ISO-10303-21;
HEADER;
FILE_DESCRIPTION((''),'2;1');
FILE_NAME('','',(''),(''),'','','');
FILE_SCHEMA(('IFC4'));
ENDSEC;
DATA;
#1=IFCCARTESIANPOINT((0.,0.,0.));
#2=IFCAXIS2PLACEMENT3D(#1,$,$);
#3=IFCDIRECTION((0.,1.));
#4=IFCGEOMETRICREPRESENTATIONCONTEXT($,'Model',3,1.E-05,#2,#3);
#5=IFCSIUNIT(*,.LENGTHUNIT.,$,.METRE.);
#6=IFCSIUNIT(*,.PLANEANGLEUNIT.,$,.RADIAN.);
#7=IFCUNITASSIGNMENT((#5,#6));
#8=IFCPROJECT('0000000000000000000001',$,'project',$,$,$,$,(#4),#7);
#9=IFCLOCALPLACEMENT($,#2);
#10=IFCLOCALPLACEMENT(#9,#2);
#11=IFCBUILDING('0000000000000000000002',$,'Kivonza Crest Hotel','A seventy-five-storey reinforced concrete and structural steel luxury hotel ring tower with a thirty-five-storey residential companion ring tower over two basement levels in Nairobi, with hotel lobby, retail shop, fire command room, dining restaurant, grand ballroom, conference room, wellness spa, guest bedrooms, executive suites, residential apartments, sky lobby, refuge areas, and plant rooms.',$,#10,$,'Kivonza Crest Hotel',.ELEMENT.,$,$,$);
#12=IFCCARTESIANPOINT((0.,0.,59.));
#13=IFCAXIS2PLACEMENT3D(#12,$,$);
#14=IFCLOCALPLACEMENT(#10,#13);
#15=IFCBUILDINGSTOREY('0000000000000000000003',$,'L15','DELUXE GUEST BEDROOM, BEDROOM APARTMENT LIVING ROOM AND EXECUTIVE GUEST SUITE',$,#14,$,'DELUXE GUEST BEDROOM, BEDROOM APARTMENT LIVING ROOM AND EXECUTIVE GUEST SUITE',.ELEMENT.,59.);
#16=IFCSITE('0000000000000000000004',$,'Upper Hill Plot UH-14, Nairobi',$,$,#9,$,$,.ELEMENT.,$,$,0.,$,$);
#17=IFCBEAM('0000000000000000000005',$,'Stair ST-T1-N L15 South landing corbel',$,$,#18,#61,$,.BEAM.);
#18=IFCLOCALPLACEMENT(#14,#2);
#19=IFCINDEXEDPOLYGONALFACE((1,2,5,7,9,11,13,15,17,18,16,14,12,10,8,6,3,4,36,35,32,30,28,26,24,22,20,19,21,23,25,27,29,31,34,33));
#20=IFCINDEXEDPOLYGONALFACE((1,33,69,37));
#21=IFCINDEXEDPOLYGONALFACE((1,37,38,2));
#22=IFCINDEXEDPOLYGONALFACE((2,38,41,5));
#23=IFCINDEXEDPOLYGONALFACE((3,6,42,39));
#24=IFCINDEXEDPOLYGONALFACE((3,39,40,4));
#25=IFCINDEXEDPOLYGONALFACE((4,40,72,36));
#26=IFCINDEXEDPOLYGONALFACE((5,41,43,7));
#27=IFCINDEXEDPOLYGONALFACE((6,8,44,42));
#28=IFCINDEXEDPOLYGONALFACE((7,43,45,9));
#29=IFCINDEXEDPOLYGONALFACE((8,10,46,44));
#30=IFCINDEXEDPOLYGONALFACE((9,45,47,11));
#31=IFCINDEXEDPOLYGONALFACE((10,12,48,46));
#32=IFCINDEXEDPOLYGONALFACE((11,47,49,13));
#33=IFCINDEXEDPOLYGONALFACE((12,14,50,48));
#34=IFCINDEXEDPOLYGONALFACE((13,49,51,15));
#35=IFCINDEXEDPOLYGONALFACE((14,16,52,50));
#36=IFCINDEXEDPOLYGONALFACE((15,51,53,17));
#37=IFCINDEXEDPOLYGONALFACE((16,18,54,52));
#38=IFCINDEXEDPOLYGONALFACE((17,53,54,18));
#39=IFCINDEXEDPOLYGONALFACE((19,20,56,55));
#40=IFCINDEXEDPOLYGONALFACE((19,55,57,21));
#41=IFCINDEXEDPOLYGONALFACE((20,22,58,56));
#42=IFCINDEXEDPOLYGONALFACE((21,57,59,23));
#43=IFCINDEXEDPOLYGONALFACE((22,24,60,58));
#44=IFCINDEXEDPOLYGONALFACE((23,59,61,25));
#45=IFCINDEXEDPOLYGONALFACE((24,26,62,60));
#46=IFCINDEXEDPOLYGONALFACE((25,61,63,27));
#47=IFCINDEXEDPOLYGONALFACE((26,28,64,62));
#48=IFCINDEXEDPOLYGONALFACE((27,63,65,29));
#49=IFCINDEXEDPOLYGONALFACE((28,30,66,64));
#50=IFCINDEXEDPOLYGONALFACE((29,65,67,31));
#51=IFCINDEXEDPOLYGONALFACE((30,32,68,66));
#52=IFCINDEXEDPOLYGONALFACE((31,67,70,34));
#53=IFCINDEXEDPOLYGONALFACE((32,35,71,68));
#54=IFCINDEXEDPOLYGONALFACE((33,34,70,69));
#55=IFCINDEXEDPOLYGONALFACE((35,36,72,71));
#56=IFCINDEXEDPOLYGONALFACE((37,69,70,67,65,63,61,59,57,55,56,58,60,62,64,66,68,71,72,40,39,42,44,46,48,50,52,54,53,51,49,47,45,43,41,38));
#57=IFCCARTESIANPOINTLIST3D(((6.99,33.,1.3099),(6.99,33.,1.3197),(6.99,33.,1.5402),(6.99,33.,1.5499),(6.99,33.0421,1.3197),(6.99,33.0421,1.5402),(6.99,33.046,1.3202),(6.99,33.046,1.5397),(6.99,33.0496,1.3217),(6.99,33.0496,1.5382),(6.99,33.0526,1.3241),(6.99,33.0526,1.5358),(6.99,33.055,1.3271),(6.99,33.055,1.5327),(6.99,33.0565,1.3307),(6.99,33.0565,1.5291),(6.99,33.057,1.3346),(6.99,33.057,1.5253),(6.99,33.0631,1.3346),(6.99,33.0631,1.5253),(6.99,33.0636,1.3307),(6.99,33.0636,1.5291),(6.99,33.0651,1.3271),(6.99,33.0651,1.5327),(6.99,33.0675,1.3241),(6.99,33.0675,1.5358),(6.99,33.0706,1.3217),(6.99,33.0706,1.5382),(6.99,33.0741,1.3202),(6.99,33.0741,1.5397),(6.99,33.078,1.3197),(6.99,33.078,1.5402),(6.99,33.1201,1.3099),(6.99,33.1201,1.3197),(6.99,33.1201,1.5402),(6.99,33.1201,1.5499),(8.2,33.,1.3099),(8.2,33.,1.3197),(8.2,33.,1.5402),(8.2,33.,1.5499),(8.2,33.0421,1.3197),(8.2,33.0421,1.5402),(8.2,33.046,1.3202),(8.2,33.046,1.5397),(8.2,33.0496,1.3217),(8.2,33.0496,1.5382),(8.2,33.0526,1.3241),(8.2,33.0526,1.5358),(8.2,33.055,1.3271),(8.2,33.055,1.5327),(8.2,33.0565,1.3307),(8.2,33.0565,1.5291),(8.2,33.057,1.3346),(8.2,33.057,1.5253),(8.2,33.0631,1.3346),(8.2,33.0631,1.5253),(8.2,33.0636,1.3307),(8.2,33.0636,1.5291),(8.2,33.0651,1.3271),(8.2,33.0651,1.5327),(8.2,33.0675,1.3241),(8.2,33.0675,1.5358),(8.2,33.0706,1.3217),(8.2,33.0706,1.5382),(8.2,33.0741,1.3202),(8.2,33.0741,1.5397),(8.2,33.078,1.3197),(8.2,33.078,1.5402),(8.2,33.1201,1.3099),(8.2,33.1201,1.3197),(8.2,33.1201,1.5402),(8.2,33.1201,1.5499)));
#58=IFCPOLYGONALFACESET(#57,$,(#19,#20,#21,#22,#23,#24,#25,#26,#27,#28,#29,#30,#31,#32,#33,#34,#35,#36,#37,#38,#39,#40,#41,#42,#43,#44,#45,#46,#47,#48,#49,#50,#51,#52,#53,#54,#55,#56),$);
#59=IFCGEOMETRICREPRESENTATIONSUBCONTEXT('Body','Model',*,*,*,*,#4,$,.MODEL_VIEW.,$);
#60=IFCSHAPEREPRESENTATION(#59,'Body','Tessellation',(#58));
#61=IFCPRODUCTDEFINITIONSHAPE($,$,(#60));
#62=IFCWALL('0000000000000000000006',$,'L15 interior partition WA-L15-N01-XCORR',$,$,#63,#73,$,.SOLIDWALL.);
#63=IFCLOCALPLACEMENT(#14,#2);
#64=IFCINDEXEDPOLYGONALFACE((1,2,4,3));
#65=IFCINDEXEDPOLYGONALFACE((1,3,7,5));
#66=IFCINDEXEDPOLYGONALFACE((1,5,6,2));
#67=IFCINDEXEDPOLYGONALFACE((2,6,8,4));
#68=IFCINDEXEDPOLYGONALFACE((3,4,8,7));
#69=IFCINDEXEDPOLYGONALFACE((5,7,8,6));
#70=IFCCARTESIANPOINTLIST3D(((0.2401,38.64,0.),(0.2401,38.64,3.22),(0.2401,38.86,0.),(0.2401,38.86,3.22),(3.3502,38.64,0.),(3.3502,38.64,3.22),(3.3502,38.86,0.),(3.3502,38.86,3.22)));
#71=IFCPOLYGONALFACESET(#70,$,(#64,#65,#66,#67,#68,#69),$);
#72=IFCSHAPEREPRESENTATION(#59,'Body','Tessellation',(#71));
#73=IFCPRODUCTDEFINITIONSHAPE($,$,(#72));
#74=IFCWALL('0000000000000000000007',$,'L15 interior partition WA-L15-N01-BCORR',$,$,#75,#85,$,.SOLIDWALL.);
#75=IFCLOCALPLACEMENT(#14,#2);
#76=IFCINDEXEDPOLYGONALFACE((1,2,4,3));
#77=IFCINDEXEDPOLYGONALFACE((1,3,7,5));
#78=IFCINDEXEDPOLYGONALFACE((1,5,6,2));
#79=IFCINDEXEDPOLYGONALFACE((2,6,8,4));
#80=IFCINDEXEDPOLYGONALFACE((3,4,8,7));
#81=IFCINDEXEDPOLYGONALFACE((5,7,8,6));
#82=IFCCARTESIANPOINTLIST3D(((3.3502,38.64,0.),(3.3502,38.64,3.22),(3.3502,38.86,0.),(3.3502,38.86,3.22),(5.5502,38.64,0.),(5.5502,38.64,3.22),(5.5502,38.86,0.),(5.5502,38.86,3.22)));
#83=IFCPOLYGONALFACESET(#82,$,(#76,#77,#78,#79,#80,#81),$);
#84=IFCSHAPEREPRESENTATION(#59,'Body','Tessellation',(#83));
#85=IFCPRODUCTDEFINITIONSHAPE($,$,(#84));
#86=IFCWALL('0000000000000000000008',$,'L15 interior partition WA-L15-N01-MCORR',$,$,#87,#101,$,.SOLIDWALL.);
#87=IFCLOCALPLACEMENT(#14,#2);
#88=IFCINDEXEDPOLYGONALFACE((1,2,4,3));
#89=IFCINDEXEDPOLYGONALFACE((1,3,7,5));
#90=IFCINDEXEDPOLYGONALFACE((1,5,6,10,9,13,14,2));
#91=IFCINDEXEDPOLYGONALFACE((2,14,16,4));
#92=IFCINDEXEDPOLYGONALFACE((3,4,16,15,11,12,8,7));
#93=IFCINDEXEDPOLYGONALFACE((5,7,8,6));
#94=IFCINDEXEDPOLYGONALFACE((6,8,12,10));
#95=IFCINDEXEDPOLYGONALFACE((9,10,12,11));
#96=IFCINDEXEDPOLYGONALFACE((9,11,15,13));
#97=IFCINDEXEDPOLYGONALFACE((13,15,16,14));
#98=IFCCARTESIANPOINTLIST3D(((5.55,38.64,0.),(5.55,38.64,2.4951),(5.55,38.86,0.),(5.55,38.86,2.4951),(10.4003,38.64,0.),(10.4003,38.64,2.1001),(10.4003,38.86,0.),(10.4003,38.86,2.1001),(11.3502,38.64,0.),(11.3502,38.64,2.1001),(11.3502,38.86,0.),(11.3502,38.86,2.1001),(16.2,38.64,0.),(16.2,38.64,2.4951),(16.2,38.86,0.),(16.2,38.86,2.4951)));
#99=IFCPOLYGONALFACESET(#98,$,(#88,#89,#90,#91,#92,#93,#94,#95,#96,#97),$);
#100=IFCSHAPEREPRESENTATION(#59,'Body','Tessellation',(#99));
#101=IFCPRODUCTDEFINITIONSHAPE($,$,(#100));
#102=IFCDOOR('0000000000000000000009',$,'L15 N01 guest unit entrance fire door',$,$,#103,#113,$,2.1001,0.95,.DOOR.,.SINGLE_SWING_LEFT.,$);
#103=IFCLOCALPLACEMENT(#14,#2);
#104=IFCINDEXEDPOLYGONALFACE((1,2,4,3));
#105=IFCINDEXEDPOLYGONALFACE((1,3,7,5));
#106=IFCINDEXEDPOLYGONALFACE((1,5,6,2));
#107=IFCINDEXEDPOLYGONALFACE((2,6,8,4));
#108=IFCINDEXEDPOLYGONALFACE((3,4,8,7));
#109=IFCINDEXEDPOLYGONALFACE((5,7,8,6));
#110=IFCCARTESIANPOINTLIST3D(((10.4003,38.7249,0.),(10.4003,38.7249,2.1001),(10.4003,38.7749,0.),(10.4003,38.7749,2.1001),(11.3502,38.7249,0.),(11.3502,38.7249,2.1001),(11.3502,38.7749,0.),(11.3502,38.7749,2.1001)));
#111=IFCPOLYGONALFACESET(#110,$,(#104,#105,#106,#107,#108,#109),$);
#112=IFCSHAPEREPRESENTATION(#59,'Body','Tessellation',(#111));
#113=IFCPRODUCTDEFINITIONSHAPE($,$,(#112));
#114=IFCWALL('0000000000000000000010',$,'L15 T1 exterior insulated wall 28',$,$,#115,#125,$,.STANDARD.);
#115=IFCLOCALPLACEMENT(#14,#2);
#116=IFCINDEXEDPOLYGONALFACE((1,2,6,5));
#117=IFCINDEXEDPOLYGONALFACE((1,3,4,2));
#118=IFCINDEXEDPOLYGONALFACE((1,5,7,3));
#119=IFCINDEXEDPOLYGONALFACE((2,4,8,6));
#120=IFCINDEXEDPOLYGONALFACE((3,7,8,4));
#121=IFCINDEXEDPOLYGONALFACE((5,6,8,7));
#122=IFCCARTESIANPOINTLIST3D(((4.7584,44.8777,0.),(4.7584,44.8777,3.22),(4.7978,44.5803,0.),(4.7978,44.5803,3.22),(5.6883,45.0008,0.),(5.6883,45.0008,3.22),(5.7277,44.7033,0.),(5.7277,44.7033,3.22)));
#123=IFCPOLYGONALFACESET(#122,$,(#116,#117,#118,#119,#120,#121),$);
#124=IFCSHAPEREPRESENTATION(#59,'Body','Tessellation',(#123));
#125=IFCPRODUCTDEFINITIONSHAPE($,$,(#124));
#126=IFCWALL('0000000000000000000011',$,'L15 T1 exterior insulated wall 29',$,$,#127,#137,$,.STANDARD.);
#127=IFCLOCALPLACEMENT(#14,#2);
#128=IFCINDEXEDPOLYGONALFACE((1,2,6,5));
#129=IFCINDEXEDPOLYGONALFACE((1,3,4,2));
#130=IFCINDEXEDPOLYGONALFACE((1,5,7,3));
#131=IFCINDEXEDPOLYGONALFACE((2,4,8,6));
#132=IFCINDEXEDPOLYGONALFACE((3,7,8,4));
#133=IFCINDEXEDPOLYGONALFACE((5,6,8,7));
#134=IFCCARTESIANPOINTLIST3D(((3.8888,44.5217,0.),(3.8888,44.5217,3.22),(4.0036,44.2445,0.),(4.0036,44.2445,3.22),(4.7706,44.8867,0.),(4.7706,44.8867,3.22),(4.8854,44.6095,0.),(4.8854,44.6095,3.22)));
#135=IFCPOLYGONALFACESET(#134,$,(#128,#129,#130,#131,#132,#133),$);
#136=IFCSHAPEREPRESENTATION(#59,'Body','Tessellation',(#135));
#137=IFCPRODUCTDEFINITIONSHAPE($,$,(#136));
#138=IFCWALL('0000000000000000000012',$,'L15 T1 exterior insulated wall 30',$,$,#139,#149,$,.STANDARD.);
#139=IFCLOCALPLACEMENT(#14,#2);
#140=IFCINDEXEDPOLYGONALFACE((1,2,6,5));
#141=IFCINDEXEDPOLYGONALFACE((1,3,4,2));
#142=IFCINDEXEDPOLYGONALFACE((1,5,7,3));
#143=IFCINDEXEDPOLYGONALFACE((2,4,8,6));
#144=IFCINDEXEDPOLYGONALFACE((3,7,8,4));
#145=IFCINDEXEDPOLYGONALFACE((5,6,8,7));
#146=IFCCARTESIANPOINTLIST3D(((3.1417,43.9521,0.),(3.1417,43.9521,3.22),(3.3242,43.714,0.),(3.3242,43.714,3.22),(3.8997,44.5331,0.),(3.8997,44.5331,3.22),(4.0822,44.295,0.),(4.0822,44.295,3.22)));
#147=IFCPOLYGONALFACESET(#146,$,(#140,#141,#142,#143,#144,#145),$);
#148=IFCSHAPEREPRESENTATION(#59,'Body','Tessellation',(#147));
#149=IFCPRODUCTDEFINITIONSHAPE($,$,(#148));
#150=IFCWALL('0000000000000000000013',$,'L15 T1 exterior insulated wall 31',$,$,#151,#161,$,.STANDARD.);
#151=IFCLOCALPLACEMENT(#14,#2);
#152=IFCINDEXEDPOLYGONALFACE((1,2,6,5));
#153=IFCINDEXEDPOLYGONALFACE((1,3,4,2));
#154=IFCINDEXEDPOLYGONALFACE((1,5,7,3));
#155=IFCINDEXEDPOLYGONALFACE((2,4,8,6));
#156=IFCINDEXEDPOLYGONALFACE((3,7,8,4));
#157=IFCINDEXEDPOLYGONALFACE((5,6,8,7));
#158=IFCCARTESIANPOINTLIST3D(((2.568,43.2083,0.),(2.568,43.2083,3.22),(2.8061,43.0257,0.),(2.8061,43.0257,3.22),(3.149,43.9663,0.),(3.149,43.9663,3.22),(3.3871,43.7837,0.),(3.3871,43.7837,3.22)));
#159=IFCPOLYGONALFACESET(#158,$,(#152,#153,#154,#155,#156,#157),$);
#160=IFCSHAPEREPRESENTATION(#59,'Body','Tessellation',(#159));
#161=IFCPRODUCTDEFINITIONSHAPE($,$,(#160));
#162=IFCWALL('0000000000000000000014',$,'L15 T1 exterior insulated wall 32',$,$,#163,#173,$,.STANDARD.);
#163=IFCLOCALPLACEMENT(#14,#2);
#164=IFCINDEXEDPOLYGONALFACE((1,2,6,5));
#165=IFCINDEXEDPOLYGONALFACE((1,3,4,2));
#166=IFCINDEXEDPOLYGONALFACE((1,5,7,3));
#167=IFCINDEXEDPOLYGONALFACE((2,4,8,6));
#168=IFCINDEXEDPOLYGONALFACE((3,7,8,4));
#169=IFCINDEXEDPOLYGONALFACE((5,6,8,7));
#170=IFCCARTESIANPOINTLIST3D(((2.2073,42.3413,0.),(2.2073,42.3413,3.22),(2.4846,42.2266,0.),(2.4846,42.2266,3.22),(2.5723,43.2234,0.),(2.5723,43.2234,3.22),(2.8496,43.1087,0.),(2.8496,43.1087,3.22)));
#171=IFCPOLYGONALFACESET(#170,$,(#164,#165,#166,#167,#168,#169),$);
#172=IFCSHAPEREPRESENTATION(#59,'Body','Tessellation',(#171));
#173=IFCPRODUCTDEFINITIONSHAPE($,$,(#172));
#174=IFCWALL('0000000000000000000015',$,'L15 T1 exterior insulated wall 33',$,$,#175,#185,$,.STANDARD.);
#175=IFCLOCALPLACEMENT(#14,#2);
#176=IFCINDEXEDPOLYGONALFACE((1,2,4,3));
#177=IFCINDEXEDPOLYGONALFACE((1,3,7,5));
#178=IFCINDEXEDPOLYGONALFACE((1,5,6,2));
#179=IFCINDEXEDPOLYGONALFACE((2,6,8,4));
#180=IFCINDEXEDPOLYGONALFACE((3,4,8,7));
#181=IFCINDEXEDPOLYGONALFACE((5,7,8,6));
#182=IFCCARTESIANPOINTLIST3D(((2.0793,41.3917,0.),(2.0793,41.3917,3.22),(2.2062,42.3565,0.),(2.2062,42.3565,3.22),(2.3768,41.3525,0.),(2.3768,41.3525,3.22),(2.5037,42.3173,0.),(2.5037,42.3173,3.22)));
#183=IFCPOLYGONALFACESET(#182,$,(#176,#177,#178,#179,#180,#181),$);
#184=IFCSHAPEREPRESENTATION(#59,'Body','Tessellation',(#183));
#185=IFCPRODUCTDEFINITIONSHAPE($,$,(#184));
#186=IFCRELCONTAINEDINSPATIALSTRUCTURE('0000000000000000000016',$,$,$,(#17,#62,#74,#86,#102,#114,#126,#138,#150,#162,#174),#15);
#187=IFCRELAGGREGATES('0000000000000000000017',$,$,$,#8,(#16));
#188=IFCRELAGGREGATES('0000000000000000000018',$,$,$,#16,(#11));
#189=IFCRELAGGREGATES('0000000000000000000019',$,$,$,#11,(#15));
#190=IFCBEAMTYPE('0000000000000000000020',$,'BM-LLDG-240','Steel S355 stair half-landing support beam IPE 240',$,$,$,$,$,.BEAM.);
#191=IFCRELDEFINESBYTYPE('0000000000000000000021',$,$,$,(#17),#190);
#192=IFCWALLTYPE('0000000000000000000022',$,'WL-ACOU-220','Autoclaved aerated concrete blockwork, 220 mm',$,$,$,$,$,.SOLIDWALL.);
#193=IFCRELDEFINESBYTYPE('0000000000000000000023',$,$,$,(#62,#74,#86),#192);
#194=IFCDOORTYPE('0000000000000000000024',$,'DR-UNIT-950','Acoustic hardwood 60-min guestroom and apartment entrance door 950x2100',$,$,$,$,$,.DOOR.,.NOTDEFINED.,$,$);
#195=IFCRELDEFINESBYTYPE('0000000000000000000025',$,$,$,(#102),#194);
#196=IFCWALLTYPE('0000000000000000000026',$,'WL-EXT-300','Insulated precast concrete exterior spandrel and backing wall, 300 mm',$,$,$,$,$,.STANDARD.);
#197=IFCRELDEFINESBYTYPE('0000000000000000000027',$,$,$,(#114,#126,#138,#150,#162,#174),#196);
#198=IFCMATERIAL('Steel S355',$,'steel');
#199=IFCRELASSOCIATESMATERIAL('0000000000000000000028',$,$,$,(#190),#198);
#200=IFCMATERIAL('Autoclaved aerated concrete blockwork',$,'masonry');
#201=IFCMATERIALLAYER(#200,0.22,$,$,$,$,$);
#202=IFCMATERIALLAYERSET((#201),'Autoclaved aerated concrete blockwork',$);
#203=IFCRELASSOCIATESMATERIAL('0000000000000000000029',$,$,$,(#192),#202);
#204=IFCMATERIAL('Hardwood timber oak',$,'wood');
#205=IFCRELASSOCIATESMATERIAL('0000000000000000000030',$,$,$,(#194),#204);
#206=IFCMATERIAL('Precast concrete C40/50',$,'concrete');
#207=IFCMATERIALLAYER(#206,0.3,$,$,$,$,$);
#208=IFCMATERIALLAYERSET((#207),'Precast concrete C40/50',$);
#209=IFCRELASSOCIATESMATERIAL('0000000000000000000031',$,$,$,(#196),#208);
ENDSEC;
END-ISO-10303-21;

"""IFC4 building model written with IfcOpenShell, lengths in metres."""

from ifc_helpers import new_model, si_unit, direction, frame, frame_2d, origin, origin_2d, place, context, subcontext, project, spatial, rectangle, i_section, extrude, material, layer, layer_set, material_profile, profile_set, type_object, element, fill, save


model = new_model("IFC4")

# Units and contexts
model_context = context("Model", 3, precision=1e-05, world=origin(), true_north=direction((0.0, 1.0)))
body_context = subcontext(model_context, "Body", "Model", "MODEL_VIEW")
ifc_project = project(units=[si_unit("LENGTHUNIT", "METRE"), si_unit("PLANEANGLEUNIT", "RADIAN")], contexts=[model_context])

# Site, building, storey
site_placement = place(None, origin())
site = spatial("IfcSite", under=ifc_project, at=site_placement, Name="Upper Hill Plot UH-14, Nairobi", CompositionType="ELEMENT", RefElevation=0.0)
building_placement = place(site_placement, origin())
building = spatial("IfcBuilding", under=site, at=building_placement, Name="Kivonza Crest Hotel", Description="A seventy-five-storey reinforced concrete and structural steel luxury hotel ring tower with a thirty-five-storey residential companion ring tower over two basement levels in Nairobi, with hotel lobby, retail shop, fire command room, dining restaurant, grand ballroom, conference room, wellness spa, guest bedrooms, executive suites, residential apartments, sky lobby, refuge areas, and plant rooms.", LongName="Kivonza Crest Hotel", CompositionType="ELEMENT")
storey_placement = place(building_placement, frame((0.0, 0.0, 59.0)))
storey = spatial("IfcBuildingStorey", under=building, at=storey_placement, Name="L15", Description="DELUXE GUEST BEDROOM, BEDROOM APARTMENT LIVING ROOM AND EXECUTIVE GUEST SUITE", LongName="DELUXE GUEST BEDROOM, BEDROOM APARTMENT LIVING ROOM AND EXECUTIVE GUEST SUITE", CompositionType="ELEMENT", Elevation=59.0)

# Beam
ifc_material_1 = material(Name="Steel S355", Category="steel")
ifc_material_profile = material_profile(ifc_material_1, i_section(OverallWidth=0.1201, OverallDepth=0.24, WebThickness=0.0061, FlangeThickness=0.0098, FilletRadius=0.0149, at=origin_2d()), Name="IPE 240")
ifc_profile_set = profile_set([ifc_material_profile], Name="Steel S355")
beam_type = type_object("IfcBeamType", Name="BM-LLDG-240", Description="Steel S355 stair half-landing support beam IPE 240", PredefinedType="BEAM", material=ifc_profile_set)
beam_placement = place(storey_placement, frame((6.99, 33.0601, 1.4299), z_axis=(1.0, 0.0, 0.0), x_axis=(0.0, 1.0, 0.0)))
element("IfcBeam", 1, at=beam_placement, inside=storey, type_object=beam_type, Name="Stair ST-T1-N L15 South landing corbel", PredefinedType="BEAM", context=body_context, shape_type="SweptSolid", body=[
    extrude(i_section(OverallWidth=0.1201, OverallDepth=0.24, WebThickness=0.0061, FlangeThickness=0.0098, FilletRadius=0.0149, at=origin_2d()), origin(), (0.0, 0.0, 1.0), 1.21),
])

# Walls
ifc_material_2 = material(Name="Autoclaved aerated concrete blockwork", Category="masonry")
ifc_layer_1 = layer(ifc_material_2, 0.22)
ifc_layer_set_1 = layer_set([ifc_layer_1], Name="Autoclaved aerated concrete blockwork")
wall_type_1 = type_object("IfcWallType", Name="WL-ACOU-220", Description="Autoclaved aerated concrete blockwork, 220 mm", PredefinedType="SOLIDWALL", material=ifc_layer_set_1)
wall_1_placement = place(storey_placement, frame((0.24, 38.75, 0.0), z_axis=(0.0, 0.0, 1.0), x_axis=(1.0, 0.0, 0.0)))
element("IfcWall", 2, at=wall_1_placement, inside=storey, type_object=wall_type_1, Name="L15 interior partition WA-L15-N01-XCORR", PredefinedType="SOLIDWALL", context=body_context, shape_type="SweptSolid", body=[
    extrude(rectangle(XDim=3.1101, YDim=0.22, at=frame_2d((1.5552, 0.0))), origin(), (0.0, 0.0, 1.0), 3.22),
])
wall_2_placement = place(storey_placement, frame((3.3501, 38.75, 0.0), z_axis=(0.0, 0.0, 1.0), x_axis=(1.0, 0.0, 0.0)))
element("IfcWall", 3, at=wall_2_placement, inside=storey, type_object=wall_type_1, Name="L15 interior partition WA-L15-N01-BCORR", PredefinedType="SOLIDWALL", context=body_context, shape_type="SweptSolid", body=[
    extrude(rectangle(XDim=2.2, YDim=0.22, at=frame_2d((1.1001, 0.0))), origin(), (0.0, 0.0, 1.0), 3.22),
])

# Wall, opening, door
wall_3_placement = place(storey_placement, frame((5.55, 38.75, 0.0), z_axis=(0.0, 0.0, 1.0), x_axis=(1.0, 0.0, 0.0)))
wall_3 = element("IfcWall", 4, at=wall_3_placement, inside=storey, type_object=wall_type_1, Name="L15 interior partition WA-L15-N01-MCORR", PredefinedType="SOLIDWALL", context=body_context, shape_type="SweptSolid", body=[
    extrude(rectangle(XDim=10.6499, YDim=0.22, at=frame_2d((5.325, 0.0))), origin(), (0.0, 0.0, 1.0), 2.4951),
])
opening_1_placement = place(wall_3_placement, frame((4.8501, 0.0, 0.0)))
opening_1 = element("IfcOpeningElement", 5, at=opening_1_placement, cuts=wall_3, PredefinedType="OPENING", context=body_context, shape_type="SweptSolid", body=[
    extrude(rectangle(XDim=0.95, YDim=2.1001, at=frame_2d((0.4751, 1.05))), frame((0.0, 0.1201, 0.0), z_axis=(0.0, -1.0, 0.0), x_axis=(1.0, 0.0, 0.0)), (0.0, 0.0, 1.0), 0.24),
])
ifc_material_3 = material(Name="Hardwood timber oak", Category="wood")
door_type_1 = type_object("IfcDoorType", Name="DR-UNIT-950", Description="Acoustic hardwood 60-min guestroom and apartment entrance door 950x2100", OperationType="NOTDEFINED", PredefinedType="DOOR", material=ifc_material_3)
door_1_placement = place(opening_1_placement, origin())
door_1 = element("IfcDoor", 6, at=door_1_placement, inside=storey, type_object=door_type_1, Name="L15 N01 guest unit entrance fire door", OperationType="SINGLE_SWING_LEFT", OverallHeight=2.1001, OverallWidth=0.95, PredefinedType="DOOR", context=body_context, shape_type="SweptSolid", body=[
    extrude(rectangle(XDim=0.95, YDim=2.1001, at=frame_2d((0.4751, 1.05))), frame((0.0, 0.0249, 0.0), z_axis=(0.0, -1.0, 0.0), x_axis=(1.0, 0.0, 0.0)), (0.0, 0.0, 1.0), 0.05),
])
fill(opening_1, door_1)

# Walls
ifc_material_4 = material(Name="Precast concrete C40/50", Category="concrete")
ifc_layer_2 = layer(ifc_material_4, 0.3)
ifc_layer_set_2 = layer_set([ifc_layer_2], Name="Precast concrete C40/50")
wall_type_2 = type_object("IfcWallType", Name="WL-EXT-300", Description="Insulated precast concrete exterior spandrel and backing wall, 300 mm", PredefinedType="STANDARD", material=ifc_layer_set_2)
wall_4_placement = place(storey_placement, frame((5.708, 44.8521, 0.0), z_axis=(0.0, 0.0, 1.0), x_axis=(-0.991359, -0.131175, 0.0)))
element("IfcWall", 7, at=wall_4_placement, inside=storey, type_object=wall_type_2, Name="L15 T1 exterior insulated wall 28", PredefinedType="STANDARD", context=body_context, shape_type="SweptSolid", body=[
    extrude(rectangle(XDim=0.938, YDim=0.3, at=frame_2d((0.469, 0.0))), origin(), (0.0, 0.0, 1.0), 3.22),
])
wall_5_placement = place(storey_placement, frame((4.8279, 44.748, 0.0), z_axis=(0.0, 0.0, 1.0), x_axis=(-0.923983, -0.382435, 0.0)))
element("IfcWall", 8, at=wall_5_placement, inside=storey, type_object=wall_type_2, Name="L15 T1 exterior insulated wall 29", PredefinedType="STANDARD", context=body_context, shape_type="SweptSolid", body=[
    extrude(rectangle(XDim=0.9543, YDim=0.3, at=frame_2d((0.4771, 0.0))), origin(), (0.0, 0.0, 1.0), 3.22),
])
for number, where, z_axis, x_axis, name in (
    (9, (3.991, 44.4141, 0.0), (0.0, 0.0, 1.0), (-0.793668, -0.608351, 0.0), "L15 T1 exterior insulated wall 30"),
    (10, (3.2681, 43.875, 0.0), (0.0, 0.0, 1.0), (-0.608351, -0.793668, 0.0), "L15 T1 exterior insulated wall 31"),
):
    element("IfcWall", number, at=place(storey_placement, frame(where, z_axis=z_axis, x_axis=x_axis)), inside=storey, type_object=wall_type_2, Name=name, PredefinedType="STANDARD", context=body_context, shape_type="SweptSolid", body=[
        extrude(rectangle(XDim=0.9551, YDim=0.3, at=frame_2d((0.4775, 0.0))), origin(), (0.0, 0.0, 1.0), 3.22),
    ])
wall_6_placement = place(storey_placement, frame((2.7109, 43.166, 0.0), z_axis=(0.0, 0.0, 1.0), x_axis=(-0.382344, -0.92402, 0.0)))
element("IfcWall", 11, at=wall_6_placement, inside=storey, type_object=wall_type_2, Name="L15 T1 exterior insulated wall 32", PredefinedType="STANDARD", context=body_context, shape_type="SweptSolid", body=[
    extrude(rectangle(XDim=0.9546, YDim=0.3, at=frame_2d((0.4773, 0.0))), origin(), (0.0, 0.0, 1.0), 3.22),
])
wall_7_placement = place(storey_placement, frame((2.355, 42.3369, 0.0), z_axis=(0.0, 0.0, 1.0), x_axis=(-0.130455, -0.991454, 0.0)))
element("IfcWall", 12, at=wall_7_placement, inside=storey, type_object=wall_type_2, Name="L15 T1 exterior insulated wall 33", PredefinedType="STANDARD", context=body_context, shape_type="SweptSolid", body=[
    extrude(rectangle(XDim=0.9731, YDim=0.3, at=frame_2d((0.4866, 0.0))), origin(), (0.0, 0.0, 1.0), 3.22),
])

save(model, "model.ifc")
